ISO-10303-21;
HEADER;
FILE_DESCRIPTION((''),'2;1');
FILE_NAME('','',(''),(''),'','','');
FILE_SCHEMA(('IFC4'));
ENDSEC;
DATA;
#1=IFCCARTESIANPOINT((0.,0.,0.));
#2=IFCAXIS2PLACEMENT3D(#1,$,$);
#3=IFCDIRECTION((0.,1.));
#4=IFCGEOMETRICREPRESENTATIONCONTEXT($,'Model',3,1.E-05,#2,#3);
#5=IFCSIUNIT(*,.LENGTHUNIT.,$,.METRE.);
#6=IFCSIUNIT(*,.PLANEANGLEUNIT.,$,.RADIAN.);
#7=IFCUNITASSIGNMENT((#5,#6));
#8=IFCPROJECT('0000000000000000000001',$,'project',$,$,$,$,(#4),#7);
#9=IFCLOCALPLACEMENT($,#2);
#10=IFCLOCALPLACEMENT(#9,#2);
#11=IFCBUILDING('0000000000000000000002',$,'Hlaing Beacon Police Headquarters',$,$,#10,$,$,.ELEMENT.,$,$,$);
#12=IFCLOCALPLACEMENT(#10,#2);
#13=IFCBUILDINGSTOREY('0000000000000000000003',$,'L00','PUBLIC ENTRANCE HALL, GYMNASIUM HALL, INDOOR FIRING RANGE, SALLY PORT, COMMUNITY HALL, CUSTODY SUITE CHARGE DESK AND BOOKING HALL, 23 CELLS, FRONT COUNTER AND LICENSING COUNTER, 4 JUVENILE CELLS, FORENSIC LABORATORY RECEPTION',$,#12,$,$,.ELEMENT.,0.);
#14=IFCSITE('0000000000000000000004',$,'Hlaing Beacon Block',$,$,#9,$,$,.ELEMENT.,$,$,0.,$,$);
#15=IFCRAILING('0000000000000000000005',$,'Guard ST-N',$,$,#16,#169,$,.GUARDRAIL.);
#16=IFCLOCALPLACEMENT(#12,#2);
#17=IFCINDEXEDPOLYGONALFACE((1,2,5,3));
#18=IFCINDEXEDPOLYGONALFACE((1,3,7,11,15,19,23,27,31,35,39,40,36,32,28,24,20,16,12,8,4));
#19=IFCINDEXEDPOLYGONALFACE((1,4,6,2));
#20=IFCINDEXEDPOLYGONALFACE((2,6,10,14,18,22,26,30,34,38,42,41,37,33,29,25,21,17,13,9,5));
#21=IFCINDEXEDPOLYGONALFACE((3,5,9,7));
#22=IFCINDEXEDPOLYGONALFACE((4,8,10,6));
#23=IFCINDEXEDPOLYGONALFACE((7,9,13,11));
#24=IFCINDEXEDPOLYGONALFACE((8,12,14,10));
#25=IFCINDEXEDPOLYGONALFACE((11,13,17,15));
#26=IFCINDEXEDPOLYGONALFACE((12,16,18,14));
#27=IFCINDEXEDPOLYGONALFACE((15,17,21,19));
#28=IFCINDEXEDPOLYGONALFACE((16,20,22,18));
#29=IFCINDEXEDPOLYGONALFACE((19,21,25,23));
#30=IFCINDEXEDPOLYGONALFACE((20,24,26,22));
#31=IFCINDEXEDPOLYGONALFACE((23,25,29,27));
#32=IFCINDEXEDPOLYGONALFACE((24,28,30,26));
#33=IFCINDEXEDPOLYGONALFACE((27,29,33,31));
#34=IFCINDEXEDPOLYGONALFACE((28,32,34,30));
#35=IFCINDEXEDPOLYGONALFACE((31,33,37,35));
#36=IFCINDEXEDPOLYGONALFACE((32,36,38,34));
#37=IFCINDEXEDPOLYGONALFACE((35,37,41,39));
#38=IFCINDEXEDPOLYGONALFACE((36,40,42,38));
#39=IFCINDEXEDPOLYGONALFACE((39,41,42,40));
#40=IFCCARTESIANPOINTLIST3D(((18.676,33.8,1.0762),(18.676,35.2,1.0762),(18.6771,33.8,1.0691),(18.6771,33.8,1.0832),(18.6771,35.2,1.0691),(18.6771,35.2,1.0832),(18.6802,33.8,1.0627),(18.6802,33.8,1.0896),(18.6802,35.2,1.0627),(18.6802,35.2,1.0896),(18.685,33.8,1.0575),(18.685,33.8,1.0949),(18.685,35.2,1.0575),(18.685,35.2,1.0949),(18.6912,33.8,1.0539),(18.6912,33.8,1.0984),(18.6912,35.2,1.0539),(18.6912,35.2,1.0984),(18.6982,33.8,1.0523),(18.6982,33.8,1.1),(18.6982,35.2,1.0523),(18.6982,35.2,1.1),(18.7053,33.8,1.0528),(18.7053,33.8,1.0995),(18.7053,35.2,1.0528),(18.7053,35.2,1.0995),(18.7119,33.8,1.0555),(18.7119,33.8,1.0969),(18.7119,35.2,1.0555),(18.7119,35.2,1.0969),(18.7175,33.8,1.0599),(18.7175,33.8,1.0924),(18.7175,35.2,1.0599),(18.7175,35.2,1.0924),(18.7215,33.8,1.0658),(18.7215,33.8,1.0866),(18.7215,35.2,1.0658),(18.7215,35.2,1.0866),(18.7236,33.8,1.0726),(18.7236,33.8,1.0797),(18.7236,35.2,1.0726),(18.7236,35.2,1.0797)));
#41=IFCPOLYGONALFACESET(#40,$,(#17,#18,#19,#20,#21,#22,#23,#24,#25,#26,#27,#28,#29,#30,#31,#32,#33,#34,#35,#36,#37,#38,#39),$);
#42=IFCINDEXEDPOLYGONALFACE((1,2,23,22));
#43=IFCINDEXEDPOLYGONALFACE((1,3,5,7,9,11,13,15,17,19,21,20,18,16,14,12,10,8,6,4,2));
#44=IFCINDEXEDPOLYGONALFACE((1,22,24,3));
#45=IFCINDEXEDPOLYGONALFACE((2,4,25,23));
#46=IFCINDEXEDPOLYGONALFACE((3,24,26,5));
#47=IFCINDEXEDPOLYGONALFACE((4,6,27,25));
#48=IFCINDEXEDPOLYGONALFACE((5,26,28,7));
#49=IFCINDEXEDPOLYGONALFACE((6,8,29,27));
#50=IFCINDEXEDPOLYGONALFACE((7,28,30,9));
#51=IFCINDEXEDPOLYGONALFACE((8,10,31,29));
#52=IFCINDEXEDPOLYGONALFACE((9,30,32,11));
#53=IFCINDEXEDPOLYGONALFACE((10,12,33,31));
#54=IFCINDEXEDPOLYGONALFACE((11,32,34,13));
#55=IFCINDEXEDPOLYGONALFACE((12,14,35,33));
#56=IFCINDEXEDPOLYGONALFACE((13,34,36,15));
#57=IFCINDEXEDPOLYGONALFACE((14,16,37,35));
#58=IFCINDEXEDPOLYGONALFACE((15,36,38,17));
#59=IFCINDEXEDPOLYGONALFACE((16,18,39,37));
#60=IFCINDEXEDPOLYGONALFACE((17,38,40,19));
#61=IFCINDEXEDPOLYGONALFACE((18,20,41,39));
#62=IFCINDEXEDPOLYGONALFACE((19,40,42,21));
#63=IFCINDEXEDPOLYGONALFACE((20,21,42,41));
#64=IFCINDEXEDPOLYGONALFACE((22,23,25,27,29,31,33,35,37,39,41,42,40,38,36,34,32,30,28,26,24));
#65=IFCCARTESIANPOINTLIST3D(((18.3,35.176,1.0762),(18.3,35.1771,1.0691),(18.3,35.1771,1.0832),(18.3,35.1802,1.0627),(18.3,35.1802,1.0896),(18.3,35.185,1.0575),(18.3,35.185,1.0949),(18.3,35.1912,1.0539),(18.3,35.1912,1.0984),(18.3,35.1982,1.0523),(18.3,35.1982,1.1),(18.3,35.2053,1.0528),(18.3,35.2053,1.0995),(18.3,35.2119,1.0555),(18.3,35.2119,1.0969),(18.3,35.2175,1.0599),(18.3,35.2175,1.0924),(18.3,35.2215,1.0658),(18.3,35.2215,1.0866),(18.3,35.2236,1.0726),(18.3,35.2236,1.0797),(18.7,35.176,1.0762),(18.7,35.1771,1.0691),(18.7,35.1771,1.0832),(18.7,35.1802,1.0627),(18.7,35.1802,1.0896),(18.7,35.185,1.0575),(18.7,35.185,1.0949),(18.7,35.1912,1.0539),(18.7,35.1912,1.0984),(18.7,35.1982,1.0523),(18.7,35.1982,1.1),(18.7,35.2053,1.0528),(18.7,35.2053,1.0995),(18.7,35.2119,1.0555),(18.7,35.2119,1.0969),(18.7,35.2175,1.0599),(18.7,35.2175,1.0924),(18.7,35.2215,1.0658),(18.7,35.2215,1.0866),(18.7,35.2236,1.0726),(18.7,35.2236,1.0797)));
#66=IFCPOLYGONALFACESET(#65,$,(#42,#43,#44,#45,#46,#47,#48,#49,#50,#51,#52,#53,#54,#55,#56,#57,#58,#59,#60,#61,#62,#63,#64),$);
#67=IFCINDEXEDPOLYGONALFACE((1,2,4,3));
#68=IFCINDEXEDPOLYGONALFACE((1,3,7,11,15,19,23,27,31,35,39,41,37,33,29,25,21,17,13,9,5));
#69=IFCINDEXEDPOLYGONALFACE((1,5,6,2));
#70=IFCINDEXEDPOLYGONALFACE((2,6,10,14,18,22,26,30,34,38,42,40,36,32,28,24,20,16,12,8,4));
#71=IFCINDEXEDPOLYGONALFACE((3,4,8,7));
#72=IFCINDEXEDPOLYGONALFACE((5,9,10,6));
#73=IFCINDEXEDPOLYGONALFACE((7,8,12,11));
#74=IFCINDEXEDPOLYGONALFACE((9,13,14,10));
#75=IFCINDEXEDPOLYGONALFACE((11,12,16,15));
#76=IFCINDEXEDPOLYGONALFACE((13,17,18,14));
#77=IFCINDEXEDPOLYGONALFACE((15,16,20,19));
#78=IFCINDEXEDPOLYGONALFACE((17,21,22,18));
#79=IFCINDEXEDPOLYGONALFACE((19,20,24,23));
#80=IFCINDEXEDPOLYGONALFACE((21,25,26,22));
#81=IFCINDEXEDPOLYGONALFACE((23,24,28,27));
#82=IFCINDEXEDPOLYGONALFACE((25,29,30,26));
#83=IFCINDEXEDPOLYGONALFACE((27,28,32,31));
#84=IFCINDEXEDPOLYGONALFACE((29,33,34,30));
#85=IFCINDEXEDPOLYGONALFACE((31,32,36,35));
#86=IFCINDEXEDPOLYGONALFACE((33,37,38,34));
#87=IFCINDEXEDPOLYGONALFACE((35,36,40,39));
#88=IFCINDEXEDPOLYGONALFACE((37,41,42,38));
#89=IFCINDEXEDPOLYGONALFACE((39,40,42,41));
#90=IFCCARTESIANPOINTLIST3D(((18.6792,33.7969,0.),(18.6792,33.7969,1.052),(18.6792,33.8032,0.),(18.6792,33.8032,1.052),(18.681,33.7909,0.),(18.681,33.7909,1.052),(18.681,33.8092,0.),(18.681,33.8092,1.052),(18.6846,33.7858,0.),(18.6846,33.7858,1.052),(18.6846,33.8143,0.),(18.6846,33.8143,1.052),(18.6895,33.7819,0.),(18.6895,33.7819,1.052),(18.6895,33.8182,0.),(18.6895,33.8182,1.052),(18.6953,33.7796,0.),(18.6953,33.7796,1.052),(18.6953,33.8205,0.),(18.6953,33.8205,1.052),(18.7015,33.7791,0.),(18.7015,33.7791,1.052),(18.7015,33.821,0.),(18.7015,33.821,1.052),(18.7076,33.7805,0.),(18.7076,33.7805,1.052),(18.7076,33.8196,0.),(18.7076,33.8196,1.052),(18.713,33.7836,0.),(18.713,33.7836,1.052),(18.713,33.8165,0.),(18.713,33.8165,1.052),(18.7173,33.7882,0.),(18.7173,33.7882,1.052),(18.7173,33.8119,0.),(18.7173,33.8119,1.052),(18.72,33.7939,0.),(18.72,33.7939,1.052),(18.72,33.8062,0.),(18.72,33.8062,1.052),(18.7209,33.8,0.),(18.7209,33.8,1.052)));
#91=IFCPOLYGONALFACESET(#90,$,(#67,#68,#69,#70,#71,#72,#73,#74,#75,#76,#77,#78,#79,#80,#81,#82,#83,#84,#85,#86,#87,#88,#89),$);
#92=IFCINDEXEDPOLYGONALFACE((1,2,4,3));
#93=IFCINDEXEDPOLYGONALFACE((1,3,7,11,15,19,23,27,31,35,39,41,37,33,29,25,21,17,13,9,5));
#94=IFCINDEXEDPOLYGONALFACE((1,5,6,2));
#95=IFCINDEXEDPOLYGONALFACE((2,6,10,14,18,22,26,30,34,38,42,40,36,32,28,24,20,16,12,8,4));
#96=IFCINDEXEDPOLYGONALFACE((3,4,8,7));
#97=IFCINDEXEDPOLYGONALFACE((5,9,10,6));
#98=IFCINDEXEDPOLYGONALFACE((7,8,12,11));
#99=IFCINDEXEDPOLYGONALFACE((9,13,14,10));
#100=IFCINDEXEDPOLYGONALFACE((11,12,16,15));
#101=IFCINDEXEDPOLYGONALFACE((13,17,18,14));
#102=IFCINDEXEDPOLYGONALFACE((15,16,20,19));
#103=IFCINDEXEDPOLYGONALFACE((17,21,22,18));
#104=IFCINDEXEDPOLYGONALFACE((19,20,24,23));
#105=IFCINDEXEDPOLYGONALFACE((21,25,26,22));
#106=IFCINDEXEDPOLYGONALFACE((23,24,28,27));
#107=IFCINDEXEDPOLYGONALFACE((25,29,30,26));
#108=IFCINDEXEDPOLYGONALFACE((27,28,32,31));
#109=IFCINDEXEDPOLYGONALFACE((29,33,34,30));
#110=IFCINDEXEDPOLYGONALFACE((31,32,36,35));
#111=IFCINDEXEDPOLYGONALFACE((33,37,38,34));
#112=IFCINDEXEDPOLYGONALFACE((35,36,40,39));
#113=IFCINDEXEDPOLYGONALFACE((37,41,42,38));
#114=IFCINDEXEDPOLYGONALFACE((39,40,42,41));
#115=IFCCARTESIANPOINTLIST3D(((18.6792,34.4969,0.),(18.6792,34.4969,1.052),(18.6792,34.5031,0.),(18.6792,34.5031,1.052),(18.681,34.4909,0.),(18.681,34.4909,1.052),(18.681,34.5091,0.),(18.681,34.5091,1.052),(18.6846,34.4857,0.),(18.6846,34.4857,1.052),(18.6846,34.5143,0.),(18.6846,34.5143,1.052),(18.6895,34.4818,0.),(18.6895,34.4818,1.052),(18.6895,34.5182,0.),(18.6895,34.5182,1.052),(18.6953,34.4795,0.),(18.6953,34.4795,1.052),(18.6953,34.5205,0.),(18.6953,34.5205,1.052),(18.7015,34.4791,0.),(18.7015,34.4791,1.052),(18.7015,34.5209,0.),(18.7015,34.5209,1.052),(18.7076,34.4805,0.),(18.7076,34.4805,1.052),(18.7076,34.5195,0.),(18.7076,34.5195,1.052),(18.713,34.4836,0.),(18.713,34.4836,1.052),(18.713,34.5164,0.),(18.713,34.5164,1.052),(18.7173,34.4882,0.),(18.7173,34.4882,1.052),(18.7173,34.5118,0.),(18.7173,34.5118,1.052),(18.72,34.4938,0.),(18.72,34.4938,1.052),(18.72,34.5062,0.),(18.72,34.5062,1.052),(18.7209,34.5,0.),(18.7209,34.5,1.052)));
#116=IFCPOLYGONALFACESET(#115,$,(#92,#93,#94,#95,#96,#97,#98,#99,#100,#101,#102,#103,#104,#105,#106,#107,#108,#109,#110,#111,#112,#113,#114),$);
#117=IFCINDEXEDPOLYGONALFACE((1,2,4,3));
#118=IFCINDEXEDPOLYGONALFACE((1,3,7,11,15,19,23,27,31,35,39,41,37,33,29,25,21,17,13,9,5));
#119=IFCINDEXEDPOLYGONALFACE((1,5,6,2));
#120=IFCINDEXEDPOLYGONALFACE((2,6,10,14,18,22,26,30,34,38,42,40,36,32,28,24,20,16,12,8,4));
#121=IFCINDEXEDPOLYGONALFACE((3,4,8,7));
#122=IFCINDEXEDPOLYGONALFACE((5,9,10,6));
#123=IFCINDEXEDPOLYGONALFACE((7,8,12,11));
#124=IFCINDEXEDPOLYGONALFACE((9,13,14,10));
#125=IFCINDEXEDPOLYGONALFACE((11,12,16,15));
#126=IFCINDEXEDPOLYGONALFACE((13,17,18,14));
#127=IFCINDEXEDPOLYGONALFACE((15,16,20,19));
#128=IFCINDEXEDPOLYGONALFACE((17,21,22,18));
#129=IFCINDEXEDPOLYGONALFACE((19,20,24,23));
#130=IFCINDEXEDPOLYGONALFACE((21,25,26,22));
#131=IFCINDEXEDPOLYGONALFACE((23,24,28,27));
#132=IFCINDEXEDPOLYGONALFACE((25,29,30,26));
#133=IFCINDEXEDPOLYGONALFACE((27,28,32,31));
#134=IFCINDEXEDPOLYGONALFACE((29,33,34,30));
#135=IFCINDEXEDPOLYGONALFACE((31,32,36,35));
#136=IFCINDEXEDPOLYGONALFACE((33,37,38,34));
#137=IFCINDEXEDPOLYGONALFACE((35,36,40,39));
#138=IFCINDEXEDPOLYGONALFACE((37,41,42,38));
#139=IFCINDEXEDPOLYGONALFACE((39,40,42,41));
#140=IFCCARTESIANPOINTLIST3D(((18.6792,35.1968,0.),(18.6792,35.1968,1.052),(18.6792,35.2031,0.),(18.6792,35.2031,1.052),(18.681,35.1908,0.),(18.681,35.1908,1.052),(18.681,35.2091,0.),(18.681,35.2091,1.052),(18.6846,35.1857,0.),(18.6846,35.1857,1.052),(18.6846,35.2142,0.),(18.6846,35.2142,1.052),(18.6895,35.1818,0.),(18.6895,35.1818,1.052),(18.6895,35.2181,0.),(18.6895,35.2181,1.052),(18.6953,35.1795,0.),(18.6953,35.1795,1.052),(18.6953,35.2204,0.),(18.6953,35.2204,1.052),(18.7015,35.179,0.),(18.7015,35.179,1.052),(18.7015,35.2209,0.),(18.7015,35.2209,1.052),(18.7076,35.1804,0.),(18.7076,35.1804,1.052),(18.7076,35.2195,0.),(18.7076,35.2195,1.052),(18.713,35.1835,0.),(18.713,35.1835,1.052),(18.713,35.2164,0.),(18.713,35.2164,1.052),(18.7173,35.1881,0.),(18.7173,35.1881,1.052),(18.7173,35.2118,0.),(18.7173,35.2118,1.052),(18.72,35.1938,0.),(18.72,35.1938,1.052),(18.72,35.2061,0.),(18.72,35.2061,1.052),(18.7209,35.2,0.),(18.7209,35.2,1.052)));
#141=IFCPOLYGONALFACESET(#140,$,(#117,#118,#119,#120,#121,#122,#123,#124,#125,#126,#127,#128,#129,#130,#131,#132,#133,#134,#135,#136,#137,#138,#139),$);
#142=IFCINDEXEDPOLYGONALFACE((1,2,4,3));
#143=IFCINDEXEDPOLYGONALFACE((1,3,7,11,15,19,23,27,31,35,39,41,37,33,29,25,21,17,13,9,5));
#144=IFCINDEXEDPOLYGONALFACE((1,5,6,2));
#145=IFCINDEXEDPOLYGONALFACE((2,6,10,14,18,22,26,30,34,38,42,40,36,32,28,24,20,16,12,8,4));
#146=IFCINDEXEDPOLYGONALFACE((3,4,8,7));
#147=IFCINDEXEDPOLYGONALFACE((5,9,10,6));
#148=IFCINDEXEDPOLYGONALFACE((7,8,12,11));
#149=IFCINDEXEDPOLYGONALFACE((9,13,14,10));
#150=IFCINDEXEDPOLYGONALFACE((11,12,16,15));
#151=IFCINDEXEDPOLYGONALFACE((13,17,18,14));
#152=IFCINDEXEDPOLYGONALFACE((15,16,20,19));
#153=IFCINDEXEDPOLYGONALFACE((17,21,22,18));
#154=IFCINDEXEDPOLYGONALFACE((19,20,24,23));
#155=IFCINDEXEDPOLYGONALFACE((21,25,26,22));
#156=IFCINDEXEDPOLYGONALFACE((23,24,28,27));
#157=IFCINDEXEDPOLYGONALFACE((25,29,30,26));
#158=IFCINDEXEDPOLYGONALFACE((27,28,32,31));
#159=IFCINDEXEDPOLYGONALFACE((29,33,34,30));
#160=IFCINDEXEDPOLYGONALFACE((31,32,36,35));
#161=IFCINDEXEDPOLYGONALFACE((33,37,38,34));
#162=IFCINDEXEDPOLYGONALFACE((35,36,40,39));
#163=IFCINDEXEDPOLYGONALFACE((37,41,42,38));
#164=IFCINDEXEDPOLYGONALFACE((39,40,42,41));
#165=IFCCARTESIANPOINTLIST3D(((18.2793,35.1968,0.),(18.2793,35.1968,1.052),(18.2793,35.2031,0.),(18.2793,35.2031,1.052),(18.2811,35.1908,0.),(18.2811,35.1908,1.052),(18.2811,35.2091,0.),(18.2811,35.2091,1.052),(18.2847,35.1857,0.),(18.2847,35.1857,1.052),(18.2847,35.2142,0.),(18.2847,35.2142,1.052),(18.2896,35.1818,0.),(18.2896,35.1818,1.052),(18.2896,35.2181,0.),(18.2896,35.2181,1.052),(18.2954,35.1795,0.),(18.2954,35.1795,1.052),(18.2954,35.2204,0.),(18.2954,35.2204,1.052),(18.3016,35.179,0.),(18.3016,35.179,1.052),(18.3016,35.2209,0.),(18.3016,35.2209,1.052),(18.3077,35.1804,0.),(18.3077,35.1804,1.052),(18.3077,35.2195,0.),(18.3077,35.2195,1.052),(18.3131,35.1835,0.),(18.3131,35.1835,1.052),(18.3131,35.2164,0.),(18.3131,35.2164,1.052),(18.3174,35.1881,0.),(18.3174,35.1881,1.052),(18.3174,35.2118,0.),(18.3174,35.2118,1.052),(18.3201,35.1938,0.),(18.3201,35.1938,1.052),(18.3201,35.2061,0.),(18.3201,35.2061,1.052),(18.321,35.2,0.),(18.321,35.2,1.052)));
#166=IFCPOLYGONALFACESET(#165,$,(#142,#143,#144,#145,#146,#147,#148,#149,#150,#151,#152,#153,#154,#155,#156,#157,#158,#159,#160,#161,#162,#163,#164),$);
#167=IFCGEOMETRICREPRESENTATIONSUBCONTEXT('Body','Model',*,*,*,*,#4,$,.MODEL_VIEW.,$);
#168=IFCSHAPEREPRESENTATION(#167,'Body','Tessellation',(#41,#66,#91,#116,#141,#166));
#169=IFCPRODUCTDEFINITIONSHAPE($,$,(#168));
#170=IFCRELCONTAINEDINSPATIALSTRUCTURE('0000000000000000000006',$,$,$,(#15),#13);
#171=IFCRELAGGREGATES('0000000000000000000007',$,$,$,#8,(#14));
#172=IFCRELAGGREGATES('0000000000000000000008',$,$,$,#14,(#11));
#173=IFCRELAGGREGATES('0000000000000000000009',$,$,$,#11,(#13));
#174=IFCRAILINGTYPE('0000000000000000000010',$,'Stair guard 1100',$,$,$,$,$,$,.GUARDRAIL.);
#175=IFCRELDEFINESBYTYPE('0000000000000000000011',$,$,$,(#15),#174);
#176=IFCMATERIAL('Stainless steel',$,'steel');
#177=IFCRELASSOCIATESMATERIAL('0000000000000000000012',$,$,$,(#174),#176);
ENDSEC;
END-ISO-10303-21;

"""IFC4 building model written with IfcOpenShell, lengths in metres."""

from ifc_helpers import new_model, si_unit, direction, frame, origin, origin_2d, place, context, subcontext, project, spatial, circle, extrude, material, type_object, element, save


model = new_model("IFC4")

# Units and contexts
model_context = context("Model", 3, precision=1e-05, world=origin(), true_north=direction((0.0, 1.0)))
body_context = subcontext(model_context, "Body", "Model", "MODEL_VIEW")
ifc_project = project(units=[si_unit("LENGTHUNIT", "METRE"), si_unit("PLANEANGLEUNIT", "RADIAN")], contexts=[model_context])

# Site, building, storey
site_placement = place(None, origin())
site = spatial("IfcSite", under=ifc_project, at=site_placement, Name="Hlaing Beacon Block", CompositionType="ELEMENT", RefElevation=0.0)
building_placement = place(site_placement, origin())
building = spatial("IfcBuilding", under=site, at=building_placement, Name="Hlaing Beacon Police Headquarters", CompositionType="ELEMENT")
storey_placement = place(building_placement, origin())
storey = spatial("IfcBuildingStorey", under=building, at=storey_placement, Name="L00", Description="PUBLIC ENTRANCE HALL, GYMNASIUM HALL, INDOOR FIRING RANGE, SALLY PORT, COMMUNITY HALL, CUSTODY SUITE CHARGE DESK AND BOOKING HALL, 23 CELLS, FRONT COUNTER AND LICENSING COUNTER, 4 JUVENILE CELLS, FORENSIC LABORATORY RECEPTION", CompositionType="ELEMENT", Elevation=0.0)

# Railing
ifc_material_1 = material(Name="Stainless steel", Category="steel")
railing_type_1 = type_object("IfcRailingType", Name="Stair guard 1100", PredefinedType="GUARDRAIL", material=ifc_material_1)
railing_placement = place(storey_placement, frame((18.7, 33.8, 0.0)))
element("IfcRailing", 1, at=railing_placement, inside=storey, type_object=railing_type_1, Name="Guard ST-N", PredefinedType="GUARDRAIL", context=body_context, shape_type="SweptSolid", body=[
    extrude(circle(Radius=0.0239, at=origin_2d()), frame((0.0, 0.0, 1.0762), z_axis=(0.0, 1.0, 0.0), x_axis=(-1.0, 0.0, 0.0)), (0.0, 0.0, 1.0), 1.3999),
    extrude(circle(Radius=0.0239, at=origin_2d()), frame((0.0, 1.3999, 1.0762), z_axis=(-1.0, 0.0, 0.0), x_axis=(0.0, -1.0, 0.0)), (0.0, 0.0, 1.0), 0.3999),
    extrude(circle(Radius=0.021, at=origin_2d()), origin(), (0.0, 0.0, 1.0), 1.052),
    extrude(circle(Radius=0.021, at=origin_2d()), frame((0.0, 0.7, 0.0)), (0.0, 0.0, 1.0), 1.052),
    extrude(circle(Radius=0.021, at=origin_2d()), frame((0.0, 1.3999, 0.0)), (0.0, 0.0, 1.0), 1.052),
    extrude(circle(Radius=0.021, at=origin_2d()), frame((-0.3999, 1.3999, 0.0)), (0.0, 0.0, 1.0), 1.052),
])

save(model, "model.ifc")
